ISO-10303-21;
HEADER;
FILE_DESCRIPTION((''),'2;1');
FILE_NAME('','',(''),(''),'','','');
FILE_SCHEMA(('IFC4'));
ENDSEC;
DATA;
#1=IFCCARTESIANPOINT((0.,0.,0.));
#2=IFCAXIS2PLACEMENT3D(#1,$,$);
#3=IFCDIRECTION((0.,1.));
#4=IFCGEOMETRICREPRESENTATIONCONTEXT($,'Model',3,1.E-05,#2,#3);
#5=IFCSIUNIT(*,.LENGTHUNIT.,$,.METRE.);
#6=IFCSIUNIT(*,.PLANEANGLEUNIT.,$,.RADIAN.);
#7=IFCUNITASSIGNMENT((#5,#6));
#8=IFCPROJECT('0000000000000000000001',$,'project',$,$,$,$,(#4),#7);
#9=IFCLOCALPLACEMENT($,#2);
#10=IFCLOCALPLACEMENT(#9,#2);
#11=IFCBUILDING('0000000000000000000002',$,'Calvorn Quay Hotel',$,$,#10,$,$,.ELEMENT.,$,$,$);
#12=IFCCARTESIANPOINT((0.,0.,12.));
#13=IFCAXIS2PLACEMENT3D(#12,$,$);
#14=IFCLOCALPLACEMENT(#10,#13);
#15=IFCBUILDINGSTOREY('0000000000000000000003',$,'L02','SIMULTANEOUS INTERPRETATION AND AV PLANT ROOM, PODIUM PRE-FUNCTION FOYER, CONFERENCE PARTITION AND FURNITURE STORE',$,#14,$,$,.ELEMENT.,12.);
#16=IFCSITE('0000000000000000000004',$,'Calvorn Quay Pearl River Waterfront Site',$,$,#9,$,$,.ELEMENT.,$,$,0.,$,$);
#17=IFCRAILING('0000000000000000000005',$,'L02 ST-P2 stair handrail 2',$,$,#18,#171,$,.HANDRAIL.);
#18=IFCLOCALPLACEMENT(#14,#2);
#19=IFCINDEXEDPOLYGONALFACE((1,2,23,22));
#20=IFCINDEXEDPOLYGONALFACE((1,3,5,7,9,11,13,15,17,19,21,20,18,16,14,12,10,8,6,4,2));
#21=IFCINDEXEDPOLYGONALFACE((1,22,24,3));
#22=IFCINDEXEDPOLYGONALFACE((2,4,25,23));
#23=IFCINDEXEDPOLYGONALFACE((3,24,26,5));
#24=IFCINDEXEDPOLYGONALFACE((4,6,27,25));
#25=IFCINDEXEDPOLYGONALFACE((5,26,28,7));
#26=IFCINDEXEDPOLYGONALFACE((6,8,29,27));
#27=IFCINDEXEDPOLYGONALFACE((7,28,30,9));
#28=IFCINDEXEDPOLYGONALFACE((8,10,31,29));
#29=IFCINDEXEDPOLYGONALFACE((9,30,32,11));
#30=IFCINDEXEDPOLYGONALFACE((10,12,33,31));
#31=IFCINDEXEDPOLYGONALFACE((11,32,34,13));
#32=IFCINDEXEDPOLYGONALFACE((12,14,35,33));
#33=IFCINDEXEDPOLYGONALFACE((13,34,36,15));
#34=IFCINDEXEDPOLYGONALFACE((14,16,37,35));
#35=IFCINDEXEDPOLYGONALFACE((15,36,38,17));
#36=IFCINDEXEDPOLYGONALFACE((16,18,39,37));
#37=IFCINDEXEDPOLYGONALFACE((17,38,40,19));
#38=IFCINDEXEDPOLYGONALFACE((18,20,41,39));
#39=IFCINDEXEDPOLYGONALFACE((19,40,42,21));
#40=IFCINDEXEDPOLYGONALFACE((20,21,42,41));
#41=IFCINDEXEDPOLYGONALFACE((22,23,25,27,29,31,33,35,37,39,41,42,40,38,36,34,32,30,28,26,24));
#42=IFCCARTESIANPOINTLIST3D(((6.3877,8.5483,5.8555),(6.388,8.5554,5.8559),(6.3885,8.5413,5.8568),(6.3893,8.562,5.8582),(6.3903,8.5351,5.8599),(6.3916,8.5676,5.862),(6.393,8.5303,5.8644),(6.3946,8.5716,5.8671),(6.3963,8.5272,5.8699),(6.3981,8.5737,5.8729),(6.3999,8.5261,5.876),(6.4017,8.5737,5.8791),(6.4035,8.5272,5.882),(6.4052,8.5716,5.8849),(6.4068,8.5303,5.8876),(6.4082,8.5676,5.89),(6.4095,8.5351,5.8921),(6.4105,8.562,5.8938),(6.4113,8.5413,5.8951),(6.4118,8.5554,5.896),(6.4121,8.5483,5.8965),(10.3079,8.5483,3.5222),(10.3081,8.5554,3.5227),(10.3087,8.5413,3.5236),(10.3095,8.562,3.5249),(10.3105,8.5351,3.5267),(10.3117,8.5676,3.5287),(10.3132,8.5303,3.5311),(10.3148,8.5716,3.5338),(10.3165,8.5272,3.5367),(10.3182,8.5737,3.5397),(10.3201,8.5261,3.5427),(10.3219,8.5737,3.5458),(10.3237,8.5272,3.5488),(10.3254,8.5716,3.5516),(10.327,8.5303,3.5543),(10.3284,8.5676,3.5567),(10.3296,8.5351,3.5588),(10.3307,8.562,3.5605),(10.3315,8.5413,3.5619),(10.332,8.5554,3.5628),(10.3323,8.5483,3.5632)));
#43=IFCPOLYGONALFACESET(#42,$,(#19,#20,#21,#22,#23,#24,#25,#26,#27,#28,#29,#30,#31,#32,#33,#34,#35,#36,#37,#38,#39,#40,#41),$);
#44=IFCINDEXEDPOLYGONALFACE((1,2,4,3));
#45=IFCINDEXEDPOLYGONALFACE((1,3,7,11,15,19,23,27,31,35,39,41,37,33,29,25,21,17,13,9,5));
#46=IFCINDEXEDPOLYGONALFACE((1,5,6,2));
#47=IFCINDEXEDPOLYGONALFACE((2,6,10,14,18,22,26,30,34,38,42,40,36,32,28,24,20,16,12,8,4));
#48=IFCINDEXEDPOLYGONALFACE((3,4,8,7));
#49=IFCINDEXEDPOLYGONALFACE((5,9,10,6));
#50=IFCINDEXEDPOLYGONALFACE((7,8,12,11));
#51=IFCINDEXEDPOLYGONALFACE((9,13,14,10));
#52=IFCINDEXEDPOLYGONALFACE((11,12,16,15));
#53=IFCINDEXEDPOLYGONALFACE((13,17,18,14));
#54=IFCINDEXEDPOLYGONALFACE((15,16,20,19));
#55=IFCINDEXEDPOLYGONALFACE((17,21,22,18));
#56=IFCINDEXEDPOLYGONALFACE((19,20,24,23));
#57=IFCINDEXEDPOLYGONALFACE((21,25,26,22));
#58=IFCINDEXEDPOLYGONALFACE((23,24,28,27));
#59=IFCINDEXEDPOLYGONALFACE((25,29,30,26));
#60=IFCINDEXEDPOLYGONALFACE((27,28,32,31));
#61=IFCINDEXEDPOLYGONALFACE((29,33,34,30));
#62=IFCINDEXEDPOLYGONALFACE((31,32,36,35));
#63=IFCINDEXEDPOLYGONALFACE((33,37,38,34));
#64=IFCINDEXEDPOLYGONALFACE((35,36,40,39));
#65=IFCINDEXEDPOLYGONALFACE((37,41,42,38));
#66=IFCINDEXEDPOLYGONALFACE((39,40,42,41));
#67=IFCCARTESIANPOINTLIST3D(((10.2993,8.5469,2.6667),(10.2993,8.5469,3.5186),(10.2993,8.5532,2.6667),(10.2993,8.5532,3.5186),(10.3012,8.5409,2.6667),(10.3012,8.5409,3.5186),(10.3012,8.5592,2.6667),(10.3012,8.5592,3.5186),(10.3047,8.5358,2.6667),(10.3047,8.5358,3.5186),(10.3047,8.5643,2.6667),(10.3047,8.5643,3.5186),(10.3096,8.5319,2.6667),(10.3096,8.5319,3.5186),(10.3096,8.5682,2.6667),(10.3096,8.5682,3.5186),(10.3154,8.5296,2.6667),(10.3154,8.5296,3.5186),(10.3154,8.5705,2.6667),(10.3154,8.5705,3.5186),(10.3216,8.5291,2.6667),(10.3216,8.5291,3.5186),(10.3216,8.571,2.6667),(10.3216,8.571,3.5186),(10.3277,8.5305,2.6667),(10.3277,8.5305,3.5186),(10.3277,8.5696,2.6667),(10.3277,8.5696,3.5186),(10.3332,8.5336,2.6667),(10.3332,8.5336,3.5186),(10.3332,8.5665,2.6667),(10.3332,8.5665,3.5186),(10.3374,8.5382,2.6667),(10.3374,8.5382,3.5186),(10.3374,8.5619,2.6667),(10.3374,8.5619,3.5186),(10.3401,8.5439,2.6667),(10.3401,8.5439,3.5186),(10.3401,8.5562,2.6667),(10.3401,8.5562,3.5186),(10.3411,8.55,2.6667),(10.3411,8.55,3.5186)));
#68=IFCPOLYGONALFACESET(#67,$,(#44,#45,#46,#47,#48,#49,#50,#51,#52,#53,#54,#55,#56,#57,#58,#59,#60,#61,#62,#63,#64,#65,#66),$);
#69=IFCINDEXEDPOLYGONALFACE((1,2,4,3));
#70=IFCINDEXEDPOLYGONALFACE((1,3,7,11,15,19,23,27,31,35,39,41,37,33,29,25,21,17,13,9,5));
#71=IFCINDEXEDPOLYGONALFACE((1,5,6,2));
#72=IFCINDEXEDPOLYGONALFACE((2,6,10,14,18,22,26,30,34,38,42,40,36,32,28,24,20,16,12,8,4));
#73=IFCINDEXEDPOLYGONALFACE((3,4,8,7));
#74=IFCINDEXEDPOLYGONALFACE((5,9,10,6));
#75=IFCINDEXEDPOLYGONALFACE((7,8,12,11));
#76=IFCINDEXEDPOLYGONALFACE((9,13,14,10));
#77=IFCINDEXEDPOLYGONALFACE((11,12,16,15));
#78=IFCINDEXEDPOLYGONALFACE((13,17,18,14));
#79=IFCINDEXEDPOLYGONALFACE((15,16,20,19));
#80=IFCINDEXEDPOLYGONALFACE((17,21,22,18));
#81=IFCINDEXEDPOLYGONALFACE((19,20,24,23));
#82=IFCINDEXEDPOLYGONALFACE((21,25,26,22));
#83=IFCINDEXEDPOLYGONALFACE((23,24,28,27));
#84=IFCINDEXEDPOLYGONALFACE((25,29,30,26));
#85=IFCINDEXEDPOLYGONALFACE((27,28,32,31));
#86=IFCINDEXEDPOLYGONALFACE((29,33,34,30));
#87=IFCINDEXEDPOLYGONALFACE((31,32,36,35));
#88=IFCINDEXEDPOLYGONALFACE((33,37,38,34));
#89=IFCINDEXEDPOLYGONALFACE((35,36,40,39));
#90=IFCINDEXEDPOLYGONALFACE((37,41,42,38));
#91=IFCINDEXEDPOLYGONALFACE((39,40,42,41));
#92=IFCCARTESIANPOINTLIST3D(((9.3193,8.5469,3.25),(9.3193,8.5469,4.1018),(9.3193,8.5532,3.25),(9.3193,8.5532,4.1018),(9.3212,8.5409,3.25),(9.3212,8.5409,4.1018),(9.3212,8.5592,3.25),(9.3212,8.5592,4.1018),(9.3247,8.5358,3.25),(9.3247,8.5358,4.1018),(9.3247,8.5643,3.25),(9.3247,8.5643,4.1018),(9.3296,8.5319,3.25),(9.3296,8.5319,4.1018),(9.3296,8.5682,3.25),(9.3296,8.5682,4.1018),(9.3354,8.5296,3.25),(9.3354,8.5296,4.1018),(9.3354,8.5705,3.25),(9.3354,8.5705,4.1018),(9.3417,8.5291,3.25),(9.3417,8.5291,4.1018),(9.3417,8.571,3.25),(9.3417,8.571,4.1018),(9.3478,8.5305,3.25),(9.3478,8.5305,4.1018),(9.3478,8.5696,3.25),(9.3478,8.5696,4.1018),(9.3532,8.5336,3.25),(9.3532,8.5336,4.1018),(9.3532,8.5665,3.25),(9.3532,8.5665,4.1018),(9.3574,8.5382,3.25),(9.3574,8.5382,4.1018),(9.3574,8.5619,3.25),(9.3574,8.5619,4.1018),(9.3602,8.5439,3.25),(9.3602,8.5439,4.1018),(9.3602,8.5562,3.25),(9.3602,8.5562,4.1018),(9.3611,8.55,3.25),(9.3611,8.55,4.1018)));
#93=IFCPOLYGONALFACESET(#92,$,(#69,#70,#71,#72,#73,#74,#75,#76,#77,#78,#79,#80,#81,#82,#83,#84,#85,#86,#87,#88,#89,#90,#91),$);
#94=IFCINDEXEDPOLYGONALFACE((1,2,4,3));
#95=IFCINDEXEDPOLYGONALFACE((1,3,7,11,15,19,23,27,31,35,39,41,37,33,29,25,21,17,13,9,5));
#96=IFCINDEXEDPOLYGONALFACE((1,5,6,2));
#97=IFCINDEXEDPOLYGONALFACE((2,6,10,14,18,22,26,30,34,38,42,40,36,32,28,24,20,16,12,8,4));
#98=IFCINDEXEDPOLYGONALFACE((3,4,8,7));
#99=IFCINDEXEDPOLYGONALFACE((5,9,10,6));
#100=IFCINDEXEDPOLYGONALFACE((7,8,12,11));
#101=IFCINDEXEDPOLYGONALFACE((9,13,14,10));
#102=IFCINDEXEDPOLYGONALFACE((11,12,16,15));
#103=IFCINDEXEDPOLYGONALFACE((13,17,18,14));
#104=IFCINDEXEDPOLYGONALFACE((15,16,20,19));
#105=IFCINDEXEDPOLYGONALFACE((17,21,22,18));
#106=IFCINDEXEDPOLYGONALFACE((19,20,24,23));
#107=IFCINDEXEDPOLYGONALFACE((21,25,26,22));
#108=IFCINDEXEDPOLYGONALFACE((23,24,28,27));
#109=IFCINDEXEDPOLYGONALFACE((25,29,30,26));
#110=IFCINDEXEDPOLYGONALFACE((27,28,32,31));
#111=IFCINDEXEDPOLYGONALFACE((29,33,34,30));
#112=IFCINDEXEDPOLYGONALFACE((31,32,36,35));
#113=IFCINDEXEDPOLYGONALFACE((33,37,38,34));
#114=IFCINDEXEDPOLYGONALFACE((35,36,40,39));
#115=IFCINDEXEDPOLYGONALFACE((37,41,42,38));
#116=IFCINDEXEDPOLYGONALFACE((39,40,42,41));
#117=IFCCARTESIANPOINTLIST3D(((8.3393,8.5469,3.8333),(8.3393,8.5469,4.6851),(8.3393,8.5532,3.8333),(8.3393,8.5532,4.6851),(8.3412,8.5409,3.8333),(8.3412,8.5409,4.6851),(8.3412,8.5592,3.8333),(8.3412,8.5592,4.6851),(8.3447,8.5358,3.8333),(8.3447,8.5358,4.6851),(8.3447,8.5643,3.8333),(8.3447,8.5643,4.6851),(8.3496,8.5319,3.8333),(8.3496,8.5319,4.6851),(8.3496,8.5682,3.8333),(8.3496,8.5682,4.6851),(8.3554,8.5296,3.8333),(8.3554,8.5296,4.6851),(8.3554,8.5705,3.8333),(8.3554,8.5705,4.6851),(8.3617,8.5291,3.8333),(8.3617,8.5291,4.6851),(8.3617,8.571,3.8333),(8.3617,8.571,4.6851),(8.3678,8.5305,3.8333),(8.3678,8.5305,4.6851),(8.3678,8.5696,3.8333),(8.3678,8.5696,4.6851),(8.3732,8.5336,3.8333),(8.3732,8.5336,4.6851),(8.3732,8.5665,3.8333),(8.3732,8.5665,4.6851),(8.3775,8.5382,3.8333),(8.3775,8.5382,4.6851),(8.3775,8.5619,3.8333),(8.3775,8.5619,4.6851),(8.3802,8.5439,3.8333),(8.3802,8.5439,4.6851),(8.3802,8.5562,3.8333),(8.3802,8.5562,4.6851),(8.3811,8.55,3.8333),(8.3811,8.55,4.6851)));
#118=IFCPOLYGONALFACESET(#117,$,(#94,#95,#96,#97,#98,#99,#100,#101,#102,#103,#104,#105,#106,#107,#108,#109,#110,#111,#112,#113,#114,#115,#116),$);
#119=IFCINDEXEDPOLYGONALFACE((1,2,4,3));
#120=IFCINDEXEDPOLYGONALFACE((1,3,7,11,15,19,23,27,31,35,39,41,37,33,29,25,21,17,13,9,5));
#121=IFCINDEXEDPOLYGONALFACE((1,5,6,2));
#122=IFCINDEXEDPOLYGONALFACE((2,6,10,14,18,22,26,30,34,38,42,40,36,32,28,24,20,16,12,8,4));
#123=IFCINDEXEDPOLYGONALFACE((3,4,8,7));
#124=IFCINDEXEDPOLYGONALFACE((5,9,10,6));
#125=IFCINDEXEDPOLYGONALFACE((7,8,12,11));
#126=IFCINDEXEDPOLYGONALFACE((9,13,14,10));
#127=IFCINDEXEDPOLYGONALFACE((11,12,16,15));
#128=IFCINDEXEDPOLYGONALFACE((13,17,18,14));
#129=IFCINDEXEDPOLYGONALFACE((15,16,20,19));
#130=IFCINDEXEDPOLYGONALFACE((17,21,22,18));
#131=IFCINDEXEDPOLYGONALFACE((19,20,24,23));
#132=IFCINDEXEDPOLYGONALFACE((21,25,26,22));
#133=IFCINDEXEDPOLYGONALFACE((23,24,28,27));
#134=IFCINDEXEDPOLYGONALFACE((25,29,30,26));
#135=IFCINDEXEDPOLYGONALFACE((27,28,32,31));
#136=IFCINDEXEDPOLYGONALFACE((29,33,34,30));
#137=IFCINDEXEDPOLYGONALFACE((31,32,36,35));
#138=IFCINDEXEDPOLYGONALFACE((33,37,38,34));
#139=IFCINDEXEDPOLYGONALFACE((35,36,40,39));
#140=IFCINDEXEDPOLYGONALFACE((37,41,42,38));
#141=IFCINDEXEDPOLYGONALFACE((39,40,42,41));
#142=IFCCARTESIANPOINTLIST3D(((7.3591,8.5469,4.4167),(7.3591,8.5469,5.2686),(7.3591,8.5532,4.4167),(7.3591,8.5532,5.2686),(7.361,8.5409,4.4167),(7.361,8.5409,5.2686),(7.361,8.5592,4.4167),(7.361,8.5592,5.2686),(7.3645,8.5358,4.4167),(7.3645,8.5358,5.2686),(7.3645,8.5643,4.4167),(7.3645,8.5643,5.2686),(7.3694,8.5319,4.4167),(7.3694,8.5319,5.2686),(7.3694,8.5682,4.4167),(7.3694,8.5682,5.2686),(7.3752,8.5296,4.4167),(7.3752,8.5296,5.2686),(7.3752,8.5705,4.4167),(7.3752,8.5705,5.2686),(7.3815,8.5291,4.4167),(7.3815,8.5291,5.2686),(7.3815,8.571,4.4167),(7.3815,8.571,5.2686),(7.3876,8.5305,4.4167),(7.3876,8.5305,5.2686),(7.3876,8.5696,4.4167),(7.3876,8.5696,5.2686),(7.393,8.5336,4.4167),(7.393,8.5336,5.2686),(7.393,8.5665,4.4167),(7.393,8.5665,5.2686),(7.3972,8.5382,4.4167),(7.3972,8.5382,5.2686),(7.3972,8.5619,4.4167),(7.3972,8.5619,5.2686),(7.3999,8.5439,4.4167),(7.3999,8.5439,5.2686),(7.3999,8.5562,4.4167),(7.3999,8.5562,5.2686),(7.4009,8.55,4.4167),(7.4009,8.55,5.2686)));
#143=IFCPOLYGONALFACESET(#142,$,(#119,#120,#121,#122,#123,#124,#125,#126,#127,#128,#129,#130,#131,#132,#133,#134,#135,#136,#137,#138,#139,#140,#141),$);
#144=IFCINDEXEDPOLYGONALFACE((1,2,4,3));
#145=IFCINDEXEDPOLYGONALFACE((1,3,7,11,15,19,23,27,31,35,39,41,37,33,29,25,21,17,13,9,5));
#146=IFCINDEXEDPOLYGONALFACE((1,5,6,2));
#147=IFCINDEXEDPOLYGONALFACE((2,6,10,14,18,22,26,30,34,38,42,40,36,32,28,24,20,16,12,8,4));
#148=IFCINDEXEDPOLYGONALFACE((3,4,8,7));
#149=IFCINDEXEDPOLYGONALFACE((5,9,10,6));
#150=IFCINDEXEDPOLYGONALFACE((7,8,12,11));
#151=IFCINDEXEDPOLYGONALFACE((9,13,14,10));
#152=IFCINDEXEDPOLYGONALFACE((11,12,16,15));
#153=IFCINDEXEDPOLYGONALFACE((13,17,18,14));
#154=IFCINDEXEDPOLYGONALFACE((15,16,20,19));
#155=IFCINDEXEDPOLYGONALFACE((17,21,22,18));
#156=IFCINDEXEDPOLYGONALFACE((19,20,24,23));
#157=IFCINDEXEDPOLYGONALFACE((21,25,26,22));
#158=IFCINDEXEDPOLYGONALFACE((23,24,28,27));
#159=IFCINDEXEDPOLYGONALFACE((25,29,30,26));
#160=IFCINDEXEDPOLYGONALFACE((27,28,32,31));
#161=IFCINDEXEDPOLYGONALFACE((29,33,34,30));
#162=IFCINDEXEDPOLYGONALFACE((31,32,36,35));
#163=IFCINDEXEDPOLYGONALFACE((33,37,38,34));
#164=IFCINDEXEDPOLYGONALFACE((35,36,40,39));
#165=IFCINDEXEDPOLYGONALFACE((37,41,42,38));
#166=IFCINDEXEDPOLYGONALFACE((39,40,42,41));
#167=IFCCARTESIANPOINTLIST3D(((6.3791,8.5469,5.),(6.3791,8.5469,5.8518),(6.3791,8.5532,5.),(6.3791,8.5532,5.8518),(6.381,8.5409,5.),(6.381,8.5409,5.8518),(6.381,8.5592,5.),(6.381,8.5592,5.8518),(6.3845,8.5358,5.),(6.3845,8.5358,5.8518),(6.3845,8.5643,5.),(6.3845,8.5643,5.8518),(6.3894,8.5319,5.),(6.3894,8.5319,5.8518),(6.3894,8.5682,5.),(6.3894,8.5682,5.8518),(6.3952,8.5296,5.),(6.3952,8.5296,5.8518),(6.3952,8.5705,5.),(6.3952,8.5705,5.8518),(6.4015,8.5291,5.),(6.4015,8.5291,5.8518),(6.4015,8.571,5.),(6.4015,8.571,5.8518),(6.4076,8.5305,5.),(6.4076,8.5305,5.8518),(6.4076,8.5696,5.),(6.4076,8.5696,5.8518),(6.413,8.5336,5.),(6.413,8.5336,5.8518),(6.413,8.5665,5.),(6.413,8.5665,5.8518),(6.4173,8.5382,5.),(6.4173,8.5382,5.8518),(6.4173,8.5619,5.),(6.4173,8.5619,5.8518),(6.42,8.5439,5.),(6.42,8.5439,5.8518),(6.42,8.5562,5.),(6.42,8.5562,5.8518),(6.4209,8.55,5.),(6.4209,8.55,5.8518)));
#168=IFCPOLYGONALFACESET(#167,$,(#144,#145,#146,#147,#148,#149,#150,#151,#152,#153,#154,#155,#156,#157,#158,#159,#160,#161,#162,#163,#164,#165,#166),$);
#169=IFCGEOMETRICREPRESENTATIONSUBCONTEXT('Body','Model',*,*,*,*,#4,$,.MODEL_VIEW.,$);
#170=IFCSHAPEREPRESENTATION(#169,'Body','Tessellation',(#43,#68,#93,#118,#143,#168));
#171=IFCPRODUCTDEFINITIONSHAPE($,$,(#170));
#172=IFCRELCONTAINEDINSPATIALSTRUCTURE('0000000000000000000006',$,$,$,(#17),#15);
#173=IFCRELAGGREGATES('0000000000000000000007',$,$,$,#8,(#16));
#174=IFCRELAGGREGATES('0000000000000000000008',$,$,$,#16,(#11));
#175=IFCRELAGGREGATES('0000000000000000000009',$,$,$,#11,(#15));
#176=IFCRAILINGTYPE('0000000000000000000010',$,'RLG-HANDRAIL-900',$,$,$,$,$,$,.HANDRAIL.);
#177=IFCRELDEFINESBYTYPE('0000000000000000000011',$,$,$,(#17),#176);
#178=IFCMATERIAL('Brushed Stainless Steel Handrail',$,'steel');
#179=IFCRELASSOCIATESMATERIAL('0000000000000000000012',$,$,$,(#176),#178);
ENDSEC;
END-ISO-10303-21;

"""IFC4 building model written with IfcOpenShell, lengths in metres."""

from ifc_helpers import new_model, si_unit, direction, frame, origin, origin_2d, place, context, subcontext, project, spatial, circle, extrude, material, type_object, element, save


model = new_model("IFC4")

# Units and contexts
model_context = context("Model", 3, precision=1e-05, world=origin(), true_north=direction((0.0, 1.0)))
body_context = subcontext(model_context, "Body", "Model", "MODEL_VIEW")
ifc_project = project(units=[si_unit("LENGTHUNIT", "METRE"), si_unit("PLANEANGLEUNIT", "RADIAN")], contexts=[model_context])

# Site, building, storey
site_placement = place(None, origin())
site = spatial("IfcSite", under=ifc_project, at=site_placement, Name="Calvorn Quay Pearl River Waterfront Site", CompositionType="ELEMENT", RefElevation=0.0)
building_placement = place(site_placement, origin())
building = spatial("IfcBuilding", under=site, at=building_placement, Name="Calvorn Quay Hotel", CompositionType="ELEMENT")
storey_placement = place(building_placement, frame((0.0, 0.0, 12.0)))
storey = spatial("IfcBuildingStorey", under=building, at=storey_placement, Name="L02", Description="SIMULTANEOUS INTERPRETATION AND AV PLANT ROOM, PODIUM PRE-FUNCTION FOYER, CONFERENCE PARTITION AND FURNITURE STORE", CompositionType="ELEMENT", Elevation=12.0)

# Railing
ifc_material_1 = material(Name="Brushed Stainless Steel Handrail", Category="steel")
railing_type_1 = type_object("IfcRailingType", Name="RLG-HANDRAIL-900", PredefinedType="HANDRAIL", material=ifc_material_1)
railing_1_placement = place(storey_placement, frame((10.3201, 8.55, 2.6667)))
element("IfcRailing", 1, at=railing_1_placement, inside=storey, type_object=railing_type_1, Name="L02 ST-P2 stair handrail 2", PredefinedType="HANDRAIL", context=body_context, shape_type="SweptSolid", body=[
    extrude(circle(Radius=0.0239, at=origin_2d()), frame((0.0, 0.0, 0.876), z_axis=(-0.85931, 0.0, 0.511455), x_axis=(0.0, -1.0, 0.0)), (0.0, 0.0, 1.0), 4.562),
    extrude(circle(Radius=0.021, at=origin_2d()), origin(), (0.0, 0.0, 1.0), 0.8518),
    extrude(circle(Radius=0.021, at=origin_2d()), frame((-0.98, 0.0, 0.5833)), (0.0, 0.0, 1.0), 0.8518),
    extrude(circle(Radius=0.021, at=origin_2d()), frame((-1.96, 0.0, 1.1665)), (0.0, 0.0, 1.0), 0.8518),
    extrude(circle(Radius=0.021, at=origin_2d()), frame((-2.9402, 0.0, 1.75)), (0.0, 0.0, 1.0), 0.8518),
    extrude(circle(Radius=0.021, at=origin_2d()), frame((-3.9202, 0.0, 2.3333)), (0.0, 0.0, 1.0), 0.8518),
])

save(model, "model.ifc")
